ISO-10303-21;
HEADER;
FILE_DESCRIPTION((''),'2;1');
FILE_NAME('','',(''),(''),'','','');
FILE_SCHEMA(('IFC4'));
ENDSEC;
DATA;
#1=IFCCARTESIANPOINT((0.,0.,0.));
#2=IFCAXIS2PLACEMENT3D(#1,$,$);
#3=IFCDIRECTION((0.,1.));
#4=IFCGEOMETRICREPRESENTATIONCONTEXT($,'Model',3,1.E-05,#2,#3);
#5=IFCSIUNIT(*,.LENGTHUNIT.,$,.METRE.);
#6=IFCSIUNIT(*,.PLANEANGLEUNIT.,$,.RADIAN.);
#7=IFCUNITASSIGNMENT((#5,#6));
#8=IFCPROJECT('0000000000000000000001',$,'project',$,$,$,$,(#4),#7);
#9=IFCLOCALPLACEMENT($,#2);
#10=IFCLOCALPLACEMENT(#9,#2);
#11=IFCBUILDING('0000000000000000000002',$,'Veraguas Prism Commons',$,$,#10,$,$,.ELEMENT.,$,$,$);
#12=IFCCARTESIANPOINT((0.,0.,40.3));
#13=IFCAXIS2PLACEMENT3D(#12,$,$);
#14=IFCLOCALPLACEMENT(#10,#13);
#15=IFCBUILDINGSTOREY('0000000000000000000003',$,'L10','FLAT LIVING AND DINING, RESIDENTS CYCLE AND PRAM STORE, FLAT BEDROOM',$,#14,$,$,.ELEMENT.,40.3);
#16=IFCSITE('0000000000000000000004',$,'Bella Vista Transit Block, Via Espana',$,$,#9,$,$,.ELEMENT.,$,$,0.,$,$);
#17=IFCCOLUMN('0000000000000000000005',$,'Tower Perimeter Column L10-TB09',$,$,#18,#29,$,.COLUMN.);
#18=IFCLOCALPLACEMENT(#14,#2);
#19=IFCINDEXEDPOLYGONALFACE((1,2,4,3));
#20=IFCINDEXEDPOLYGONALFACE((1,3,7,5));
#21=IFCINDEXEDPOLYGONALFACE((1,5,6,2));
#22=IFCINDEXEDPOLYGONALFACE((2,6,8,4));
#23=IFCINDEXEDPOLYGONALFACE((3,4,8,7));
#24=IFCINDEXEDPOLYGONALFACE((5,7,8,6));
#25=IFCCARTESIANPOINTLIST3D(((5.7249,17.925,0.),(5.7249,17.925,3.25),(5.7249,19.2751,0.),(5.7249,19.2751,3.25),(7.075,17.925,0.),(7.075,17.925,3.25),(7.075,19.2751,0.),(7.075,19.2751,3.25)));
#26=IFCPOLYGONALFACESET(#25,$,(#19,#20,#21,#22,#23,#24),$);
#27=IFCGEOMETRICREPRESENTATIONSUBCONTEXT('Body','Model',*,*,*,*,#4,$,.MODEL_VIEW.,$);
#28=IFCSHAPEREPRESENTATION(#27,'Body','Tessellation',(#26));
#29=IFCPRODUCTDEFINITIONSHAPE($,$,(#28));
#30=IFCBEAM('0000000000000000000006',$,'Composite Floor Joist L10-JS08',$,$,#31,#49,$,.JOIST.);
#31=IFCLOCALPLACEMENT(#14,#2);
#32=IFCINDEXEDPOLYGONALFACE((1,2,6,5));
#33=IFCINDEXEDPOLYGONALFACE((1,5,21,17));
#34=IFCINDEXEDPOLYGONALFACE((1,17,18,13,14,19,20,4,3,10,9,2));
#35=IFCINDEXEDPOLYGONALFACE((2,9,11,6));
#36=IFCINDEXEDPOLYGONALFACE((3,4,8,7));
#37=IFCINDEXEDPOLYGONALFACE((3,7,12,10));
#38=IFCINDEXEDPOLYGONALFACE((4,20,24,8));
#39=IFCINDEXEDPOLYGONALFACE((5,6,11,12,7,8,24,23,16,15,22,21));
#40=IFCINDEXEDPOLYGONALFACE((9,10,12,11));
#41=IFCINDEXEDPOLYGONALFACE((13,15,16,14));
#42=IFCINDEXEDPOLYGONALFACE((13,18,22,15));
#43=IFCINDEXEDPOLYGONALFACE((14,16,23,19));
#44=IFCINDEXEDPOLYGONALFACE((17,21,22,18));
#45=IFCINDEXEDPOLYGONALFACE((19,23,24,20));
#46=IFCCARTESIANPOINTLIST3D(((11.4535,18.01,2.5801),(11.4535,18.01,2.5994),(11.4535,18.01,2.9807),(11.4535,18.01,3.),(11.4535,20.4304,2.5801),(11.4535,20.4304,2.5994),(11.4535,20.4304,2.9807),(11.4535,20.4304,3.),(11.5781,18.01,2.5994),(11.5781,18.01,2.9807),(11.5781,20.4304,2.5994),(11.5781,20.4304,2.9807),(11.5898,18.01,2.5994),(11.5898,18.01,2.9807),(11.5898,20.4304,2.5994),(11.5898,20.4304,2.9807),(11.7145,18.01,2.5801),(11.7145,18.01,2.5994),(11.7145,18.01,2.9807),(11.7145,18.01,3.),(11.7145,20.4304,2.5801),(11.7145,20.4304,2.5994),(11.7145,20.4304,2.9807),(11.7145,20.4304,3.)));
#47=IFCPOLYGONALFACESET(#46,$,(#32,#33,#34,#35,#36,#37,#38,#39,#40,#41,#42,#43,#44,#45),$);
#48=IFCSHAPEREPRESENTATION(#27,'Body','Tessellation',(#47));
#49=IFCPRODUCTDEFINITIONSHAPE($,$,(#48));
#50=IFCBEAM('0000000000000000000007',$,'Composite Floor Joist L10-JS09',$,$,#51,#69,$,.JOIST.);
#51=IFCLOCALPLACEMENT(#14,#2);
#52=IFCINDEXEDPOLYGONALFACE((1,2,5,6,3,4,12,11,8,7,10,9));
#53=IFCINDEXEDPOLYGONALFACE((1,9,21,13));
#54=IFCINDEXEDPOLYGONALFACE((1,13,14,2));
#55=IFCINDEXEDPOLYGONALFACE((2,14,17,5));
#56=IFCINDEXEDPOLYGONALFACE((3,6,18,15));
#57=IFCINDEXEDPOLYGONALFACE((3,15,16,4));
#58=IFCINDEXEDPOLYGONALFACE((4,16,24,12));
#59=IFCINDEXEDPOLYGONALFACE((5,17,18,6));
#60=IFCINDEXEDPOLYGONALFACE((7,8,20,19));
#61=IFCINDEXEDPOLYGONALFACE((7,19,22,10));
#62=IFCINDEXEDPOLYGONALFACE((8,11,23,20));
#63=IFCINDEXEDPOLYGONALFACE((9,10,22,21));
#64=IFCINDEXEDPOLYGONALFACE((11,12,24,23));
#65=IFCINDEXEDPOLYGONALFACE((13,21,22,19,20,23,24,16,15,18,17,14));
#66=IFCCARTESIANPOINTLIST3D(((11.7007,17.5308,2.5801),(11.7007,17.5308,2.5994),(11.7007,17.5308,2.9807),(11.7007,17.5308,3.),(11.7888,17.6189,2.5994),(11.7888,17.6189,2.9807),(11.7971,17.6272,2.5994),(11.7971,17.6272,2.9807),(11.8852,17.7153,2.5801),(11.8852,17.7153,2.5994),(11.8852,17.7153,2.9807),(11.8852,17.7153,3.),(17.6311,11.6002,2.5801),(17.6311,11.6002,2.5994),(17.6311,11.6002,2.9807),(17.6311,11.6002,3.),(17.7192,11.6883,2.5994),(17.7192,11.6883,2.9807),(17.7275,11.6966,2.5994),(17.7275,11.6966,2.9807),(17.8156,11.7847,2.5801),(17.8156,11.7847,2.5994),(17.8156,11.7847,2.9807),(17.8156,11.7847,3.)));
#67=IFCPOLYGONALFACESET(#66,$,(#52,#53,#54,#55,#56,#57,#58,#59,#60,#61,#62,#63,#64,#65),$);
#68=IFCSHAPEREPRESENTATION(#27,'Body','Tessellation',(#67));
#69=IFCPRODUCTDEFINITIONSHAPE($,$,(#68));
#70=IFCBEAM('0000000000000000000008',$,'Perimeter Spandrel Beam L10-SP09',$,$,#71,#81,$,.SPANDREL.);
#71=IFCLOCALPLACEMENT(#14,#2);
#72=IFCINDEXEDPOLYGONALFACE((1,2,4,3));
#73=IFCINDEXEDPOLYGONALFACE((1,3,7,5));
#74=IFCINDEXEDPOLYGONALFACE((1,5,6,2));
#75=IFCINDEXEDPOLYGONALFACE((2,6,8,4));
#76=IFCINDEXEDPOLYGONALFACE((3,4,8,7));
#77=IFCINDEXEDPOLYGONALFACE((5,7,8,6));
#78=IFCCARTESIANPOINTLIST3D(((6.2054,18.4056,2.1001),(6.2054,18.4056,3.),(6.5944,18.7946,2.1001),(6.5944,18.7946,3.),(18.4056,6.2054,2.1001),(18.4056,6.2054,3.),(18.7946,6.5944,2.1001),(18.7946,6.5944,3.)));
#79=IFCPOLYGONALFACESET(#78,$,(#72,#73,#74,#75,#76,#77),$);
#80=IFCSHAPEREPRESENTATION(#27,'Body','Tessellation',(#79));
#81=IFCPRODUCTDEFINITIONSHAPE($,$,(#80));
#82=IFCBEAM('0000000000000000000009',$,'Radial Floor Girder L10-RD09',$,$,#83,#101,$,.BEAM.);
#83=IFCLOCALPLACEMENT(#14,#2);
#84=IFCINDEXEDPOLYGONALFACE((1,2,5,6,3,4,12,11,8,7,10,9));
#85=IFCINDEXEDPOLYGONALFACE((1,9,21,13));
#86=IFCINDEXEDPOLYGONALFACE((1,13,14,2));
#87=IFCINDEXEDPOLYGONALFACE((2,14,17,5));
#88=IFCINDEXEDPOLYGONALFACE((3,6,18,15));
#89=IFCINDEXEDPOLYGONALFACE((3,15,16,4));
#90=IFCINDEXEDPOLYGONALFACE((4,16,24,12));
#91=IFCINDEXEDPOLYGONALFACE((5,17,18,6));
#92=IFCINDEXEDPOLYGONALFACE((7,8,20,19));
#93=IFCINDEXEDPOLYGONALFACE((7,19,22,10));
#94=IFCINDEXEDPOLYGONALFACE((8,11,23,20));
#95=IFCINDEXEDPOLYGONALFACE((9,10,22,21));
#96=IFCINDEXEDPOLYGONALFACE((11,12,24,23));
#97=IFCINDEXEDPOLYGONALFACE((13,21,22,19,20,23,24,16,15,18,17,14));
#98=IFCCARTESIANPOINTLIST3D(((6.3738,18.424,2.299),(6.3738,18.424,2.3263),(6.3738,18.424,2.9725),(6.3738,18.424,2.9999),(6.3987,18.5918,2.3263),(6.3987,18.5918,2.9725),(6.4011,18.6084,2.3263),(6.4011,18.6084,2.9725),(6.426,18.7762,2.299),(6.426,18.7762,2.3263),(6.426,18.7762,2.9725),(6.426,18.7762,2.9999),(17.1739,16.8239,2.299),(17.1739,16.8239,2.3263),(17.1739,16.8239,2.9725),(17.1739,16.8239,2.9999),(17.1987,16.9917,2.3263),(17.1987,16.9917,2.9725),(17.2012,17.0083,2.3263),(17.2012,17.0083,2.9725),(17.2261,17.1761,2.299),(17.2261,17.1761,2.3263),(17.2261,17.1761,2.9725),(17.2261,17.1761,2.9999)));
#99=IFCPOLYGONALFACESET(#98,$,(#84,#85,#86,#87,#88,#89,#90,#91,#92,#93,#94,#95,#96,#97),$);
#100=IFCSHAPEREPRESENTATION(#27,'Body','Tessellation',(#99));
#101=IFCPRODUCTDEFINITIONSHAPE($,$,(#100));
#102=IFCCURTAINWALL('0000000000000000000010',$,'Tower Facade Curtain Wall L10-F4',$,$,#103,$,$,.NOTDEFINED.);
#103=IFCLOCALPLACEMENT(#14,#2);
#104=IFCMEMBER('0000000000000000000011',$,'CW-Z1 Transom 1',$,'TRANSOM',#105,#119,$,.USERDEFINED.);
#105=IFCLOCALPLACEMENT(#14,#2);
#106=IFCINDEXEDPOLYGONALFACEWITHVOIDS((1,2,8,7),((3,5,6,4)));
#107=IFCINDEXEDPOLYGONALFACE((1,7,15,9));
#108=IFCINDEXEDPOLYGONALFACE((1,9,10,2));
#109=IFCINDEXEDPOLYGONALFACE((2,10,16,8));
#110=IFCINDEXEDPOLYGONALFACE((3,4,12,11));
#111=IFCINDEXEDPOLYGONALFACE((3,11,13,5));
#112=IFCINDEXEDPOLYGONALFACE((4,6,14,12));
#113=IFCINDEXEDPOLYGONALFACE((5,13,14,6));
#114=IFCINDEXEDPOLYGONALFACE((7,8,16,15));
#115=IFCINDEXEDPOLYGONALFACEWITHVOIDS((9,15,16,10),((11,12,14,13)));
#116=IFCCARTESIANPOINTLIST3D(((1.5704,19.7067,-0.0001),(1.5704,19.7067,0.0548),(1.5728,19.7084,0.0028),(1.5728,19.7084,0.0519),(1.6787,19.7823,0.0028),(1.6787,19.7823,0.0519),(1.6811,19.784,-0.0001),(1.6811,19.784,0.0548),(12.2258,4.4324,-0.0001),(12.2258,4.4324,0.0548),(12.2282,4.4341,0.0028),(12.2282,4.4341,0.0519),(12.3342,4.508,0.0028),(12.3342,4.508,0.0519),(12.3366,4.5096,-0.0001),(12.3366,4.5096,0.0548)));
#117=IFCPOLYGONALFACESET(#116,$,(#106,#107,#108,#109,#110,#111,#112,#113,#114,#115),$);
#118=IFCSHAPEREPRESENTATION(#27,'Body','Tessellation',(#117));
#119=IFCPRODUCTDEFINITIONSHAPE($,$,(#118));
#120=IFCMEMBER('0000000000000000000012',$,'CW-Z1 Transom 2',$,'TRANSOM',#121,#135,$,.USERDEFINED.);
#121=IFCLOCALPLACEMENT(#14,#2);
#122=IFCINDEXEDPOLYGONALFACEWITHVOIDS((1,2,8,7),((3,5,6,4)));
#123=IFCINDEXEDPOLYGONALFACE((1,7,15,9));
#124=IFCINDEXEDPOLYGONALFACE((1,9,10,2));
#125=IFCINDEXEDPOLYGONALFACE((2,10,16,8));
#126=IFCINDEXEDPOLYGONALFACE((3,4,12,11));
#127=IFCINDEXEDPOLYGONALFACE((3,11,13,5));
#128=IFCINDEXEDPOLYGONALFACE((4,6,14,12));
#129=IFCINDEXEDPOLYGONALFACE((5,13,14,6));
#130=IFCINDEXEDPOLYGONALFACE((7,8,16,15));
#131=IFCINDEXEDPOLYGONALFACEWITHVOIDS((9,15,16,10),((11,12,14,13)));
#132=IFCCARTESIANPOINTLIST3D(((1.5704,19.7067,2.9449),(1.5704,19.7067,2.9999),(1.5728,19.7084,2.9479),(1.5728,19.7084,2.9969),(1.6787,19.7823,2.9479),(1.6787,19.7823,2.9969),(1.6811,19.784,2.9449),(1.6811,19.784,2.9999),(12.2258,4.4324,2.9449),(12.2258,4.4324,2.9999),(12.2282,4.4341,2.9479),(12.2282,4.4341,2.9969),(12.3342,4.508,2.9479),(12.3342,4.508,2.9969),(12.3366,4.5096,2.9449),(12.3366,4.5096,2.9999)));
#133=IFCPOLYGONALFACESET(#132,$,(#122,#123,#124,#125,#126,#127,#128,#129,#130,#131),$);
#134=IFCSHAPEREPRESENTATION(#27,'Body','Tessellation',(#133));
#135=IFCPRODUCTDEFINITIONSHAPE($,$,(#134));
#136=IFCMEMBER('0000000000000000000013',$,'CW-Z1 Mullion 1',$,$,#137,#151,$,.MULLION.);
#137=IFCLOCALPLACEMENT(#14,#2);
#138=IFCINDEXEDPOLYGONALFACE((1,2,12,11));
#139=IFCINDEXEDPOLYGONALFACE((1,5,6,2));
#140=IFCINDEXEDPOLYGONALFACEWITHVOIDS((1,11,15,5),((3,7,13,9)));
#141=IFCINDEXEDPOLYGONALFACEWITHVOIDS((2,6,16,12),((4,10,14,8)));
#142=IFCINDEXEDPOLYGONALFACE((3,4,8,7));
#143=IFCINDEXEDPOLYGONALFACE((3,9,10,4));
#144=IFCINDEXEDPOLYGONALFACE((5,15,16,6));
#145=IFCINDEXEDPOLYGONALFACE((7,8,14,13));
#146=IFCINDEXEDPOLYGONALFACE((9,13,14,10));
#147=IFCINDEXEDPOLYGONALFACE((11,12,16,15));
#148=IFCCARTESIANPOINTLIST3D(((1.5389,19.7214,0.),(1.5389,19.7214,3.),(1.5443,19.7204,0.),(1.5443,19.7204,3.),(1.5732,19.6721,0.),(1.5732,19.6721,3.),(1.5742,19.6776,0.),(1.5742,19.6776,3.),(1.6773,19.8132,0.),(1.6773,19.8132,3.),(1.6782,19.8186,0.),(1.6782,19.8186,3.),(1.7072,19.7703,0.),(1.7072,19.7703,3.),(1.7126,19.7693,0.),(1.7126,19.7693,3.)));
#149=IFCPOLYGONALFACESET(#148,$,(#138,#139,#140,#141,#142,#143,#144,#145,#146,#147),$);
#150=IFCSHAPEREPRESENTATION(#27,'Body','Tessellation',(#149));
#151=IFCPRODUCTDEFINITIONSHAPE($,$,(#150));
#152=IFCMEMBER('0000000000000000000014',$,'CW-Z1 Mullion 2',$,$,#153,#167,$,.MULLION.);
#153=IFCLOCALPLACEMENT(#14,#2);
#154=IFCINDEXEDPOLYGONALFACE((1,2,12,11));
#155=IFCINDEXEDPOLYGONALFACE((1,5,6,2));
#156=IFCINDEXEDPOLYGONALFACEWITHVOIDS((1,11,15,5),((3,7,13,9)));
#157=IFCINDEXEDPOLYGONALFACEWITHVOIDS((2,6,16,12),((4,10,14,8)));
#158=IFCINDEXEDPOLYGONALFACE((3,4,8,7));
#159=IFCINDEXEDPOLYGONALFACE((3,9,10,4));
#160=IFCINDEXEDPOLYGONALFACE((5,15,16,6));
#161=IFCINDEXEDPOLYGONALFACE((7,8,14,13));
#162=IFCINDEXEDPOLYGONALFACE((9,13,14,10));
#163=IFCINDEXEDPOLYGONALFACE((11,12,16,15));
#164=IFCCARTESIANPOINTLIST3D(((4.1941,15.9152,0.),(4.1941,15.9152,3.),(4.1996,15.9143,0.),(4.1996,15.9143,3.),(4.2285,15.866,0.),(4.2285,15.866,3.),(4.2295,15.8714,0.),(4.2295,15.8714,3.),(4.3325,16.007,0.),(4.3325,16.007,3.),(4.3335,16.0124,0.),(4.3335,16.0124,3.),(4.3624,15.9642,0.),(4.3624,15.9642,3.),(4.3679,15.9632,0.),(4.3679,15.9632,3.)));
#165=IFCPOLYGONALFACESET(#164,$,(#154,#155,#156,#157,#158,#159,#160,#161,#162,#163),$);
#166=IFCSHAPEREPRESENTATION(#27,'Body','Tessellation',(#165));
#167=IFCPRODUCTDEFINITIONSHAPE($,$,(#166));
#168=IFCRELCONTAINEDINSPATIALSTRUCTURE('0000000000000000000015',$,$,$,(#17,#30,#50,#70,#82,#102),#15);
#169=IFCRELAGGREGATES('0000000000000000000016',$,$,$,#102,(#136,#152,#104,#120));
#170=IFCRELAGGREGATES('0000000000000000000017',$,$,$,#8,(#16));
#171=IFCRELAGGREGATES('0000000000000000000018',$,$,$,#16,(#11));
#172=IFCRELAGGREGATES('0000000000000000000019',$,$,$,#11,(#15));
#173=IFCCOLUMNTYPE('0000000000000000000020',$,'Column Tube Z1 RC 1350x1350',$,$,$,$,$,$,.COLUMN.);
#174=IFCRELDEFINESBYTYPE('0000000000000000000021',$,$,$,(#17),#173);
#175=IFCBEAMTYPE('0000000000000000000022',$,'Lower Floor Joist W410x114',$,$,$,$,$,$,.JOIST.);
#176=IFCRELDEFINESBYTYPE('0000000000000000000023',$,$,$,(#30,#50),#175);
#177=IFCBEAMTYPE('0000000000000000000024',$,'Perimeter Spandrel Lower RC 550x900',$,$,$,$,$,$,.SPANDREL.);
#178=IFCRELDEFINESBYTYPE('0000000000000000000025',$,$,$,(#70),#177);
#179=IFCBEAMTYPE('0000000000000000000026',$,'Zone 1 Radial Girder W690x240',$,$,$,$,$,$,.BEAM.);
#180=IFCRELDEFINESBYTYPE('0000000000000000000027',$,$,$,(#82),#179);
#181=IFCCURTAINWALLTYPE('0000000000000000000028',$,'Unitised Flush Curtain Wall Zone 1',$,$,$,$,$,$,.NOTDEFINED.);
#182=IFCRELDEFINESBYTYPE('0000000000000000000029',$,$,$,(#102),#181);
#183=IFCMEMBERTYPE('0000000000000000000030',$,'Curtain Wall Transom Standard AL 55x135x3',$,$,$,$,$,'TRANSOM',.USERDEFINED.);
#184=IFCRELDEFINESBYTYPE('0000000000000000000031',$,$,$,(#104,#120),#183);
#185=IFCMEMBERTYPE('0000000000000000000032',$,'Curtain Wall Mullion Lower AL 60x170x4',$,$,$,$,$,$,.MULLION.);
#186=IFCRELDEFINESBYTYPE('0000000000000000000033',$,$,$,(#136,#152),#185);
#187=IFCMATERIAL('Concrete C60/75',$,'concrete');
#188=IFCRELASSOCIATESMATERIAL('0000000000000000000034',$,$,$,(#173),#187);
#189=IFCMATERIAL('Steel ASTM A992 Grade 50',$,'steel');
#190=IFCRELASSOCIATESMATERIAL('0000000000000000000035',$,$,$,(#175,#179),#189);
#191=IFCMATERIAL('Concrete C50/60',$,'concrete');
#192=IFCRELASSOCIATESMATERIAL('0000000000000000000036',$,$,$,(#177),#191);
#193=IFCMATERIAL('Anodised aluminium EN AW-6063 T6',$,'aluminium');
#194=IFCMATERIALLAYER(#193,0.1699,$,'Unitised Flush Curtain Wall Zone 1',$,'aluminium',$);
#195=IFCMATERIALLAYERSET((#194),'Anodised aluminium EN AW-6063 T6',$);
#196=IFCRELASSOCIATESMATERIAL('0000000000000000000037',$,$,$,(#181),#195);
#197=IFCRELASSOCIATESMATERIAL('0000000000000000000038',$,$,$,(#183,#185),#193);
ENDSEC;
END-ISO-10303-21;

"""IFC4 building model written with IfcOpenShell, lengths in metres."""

from ifc_helpers import new_model, si_unit, direction, frame, origin, origin_2d, place, context, subcontext, project, spatial, rectangle, hollow_rectangle, i_section, extrude, source, transform, mapped, material, layer, layer_set, material_profile, profile_set, type_object, element, aggregate, save


model = new_model("IFC4")

# Units and contexts
model_context = context("Model", 3, precision=1e-05, world=origin(), true_north=direction((0.0, 1.0)))
body_context = subcontext(model_context, "Body", "Model", "MODEL_VIEW")
ifc_project = project(units=[si_unit("LENGTHUNIT", "METRE"), si_unit("PLANEANGLEUNIT", "RADIAN")], contexts=[model_context])

# Site, building, storey
site_placement = place(None, origin())
site = spatial("IfcSite", under=ifc_project, at=site_placement, Name="Bella Vista Transit Block, Via Espana", CompositionType="ELEMENT", RefElevation=0.0)
building_placement = place(site_placement, origin())
building = spatial("IfcBuilding", under=site, at=building_placement, Name="Veraguas Prism Commons", CompositionType="ELEMENT")
storey_placement = place(building_placement, frame((0.0, 0.0, 40.3)))
storey = spatial("IfcBuildingStorey", under=building, at=storey_placement, Name="L10", Description="FLAT LIVING AND DINING, RESIDENTS CYCLE AND PRAM STORE, FLAT BEDROOM", CompositionType="ELEMENT", Elevation=40.3)

# Column
ifc_material_1 = material(Name="Concrete C60/75", Category="concrete")
ifc_material_profile_1 = material_profile(ifc_material_1, rectangle(XDim=1.3501, YDim=1.3501, at=origin_2d()), Name="RC1350X1350")
ifc_profile_set_1 = profile_set([ifc_material_profile_1], Name="Concrete C60/75")
column_type = type_object("IfcColumnType", Name="Column Tube Z1 RC 1350x1350", PredefinedType="COLUMN", material=ifc_profile_set_1)
column_placement = place(storey_placement, frame((6.3999, 18.6001, 0.0), z_axis=(0.0, 0.0, 1.0), x_axis=(1.0, 0.0, 0.0)))
element("IfcColumn", 1, at=column_placement, inside=storey, type_object=column_type, Name="Tower Perimeter Column L10-TB09", PredefinedType="COLUMN", context=body_context, shape_type="SweptSolid", body=[
    extrude(rectangle(XDim=1.3501, YDim=1.3501, at=origin_2d()), origin(), (0.0, 0.0, 1.0), 3.25),
])

# Beams
ifc_material_2 = material(Name="Steel ASTM A992 Grade 50", Category="steel")
ifc_material_profile_2 = material_profile(ifc_material_2, i_section(OverallWidth=0.261, OverallDepth=0.4199, WebThickness=0.0117, FlangeThickness=0.0193, at=origin_2d()), Name="W410X114")
ifc_profile_set_2 = profile_set([ifc_material_profile_2], Name="Steel ASTM A992 Grade 50")
beam_type_1 = type_object("IfcBeamType", Name="Lower Floor Joist W410x114", PredefinedType="JOIST", material=ifc_profile_set_2)
beam_1_placement = place(storey_placement, frame((11.584, 20.4304, 2.79), z_axis=(0.0, -1.0, 0.0), x_axis=(1.0, 0.0, 0.0)))
element("IfcBeam", 2, at=beam_1_placement, inside=storey, type_object=beam_type_1, Name="Composite Floor Joist L10-JS08", PredefinedType="JOIST", context=body_context, shape_type="SweptSolid", body=[
    extrude(i_section(OverallWidth=0.261, OverallDepth=0.4199, WebThickness=0.0117, FlangeThickness=0.0193, at=origin_2d()), origin(), (0.0, 0.0, 1.0), 2.4204),
])
beam_2_placement = place(storey_placement, frame((11.793, 17.623, 2.79), z_axis=(0.707092, -0.707121, 0.0), x_axis=(0.707121, 0.707092, 0.0)))
element("IfcBeam", 3, at=beam_2_placement, inside=storey, type_object=beam_type_1, Name="Composite Floor Joist L10-JS09", PredefinedType="JOIST", context=body_context, shape_type="SweptSolid", body=[
    extrude(i_section(OverallWidth=0.261, OverallDepth=0.4199, WebThickness=0.0117, FlangeThickness=0.0193, at=origin_2d()), origin(), (0.0, 0.0, 1.0), 8.387),
])
ifc_material_3 = material(Name="Concrete C50/60", Category="concrete")
ifc_material_profile_3 = material_profile(ifc_material_3, rectangle(XDim=0.55, YDim=0.8999, at=origin_2d()), Name="RC550X900")
ifc_profile_set_3 = profile_set([ifc_material_profile_3], Name="Concrete C50/60")
beam_type_2 = type_object("IfcBeamType", Name="Perimeter Spandrel Lower RC 550x900", PredefinedType="SPANDREL", material=ifc_profile_set_3)
beam_3_placement = place(storey_placement, frame((6.3999, 18.6001, 2.55), z_axis=(0.707107, -0.707107, 0.0), x_axis=(0.707107, 0.707107, 0.0)))
element("IfcBeam", 4, at=beam_3_placement, inside=storey, type_object=beam_type_2, Name="Perimeter Spandrel Beam L10-SP09", PredefinedType="SPANDREL", context=body_context, shape_type="SweptSolid", body=[
    extrude(rectangle(XDim=0.55, YDim=0.8999, at=origin_2d()), origin(), (0.0, 0.0, 1.0), 17.2537),
])
ifc_material_profile_4 = material_profile(ifc_material_2, i_section(OverallWidth=0.356, OverallDepth=0.7009, WebThickness=0.0168, FlangeThickness=0.0273, at=origin_2d()), Name="W690X240")
ifc_profile_set_4 = profile_set([ifc_material_profile_4], Name="Steel ASTM A992 Grade 50")
beam_type_3 = type_object("IfcBeamType", Name="Zone 1 Radial Girder W690x240", PredefinedType="BEAM", material=ifc_profile_set_4)
beam_4_placement = place(storey_placement, frame((6.3999, 18.6001, 2.6494), z_axis=(0.989202, -0.146557, 0.0), x_axis=(0.146557, 0.989202, 0.0)))
element("IfcBeam", 5, at=beam_4_placement, inside=storey, type_object=beam_type_3, Name="Radial Floor Girder L10-RD09", PredefinedType="BEAM", context=body_context, shape_type="SweptSolid", body=[
    extrude(i_section(OverallWidth=0.356, OverallDepth=0.7009, WebThickness=0.0168, FlangeThickness=0.0273, at=origin_2d()), origin(), (0.0, 0.0, 1.0), 10.918),
])

# Curtain wall, members
ifc_material_4 = material(Name="Anodised aluminium EN AW-6063 T6", Category="aluminium")
ifc_layer_1 = layer(ifc_material_4, 0.1699, Name="Unitised Flush Curtain Wall Zone 1", Category="aluminium")
ifc_layer_set_1 = layer_set([ifc_layer_1], Name="Anodised aluminium EN AW-6063 T6")
curtain_wall_type = type_object("IfcCurtainWallType", Name="Unitised Flush Curtain Wall Zone 1", PredefinedType="NOTDEFINED", material=ifc_layer_set_1)
curtain_wall_1_placement = place(storey_placement, origin())
curtain_wall_1 = element("IfcCurtainWall", 6, at=curtain_wall_1_placement, inside=storey, type_object=curtain_wall_type, Name="Tower Facade Curtain Wall L10-F4", PredefinedType="NOTDEFINED")
ifc_material_profile_5 = material_profile(ifc_material_4, hollow_rectangle(XDim=0.0549, YDim=0.135, WallThickness=0.0029, at=origin_2d()), Name="AL55X135X3")
ifc_profile_set_5 = profile_set([ifc_material_profile_5], Name="Anodised aluminium EN AW-6063 T6")
member_type_1 = type_object("IfcMemberType", Name="Curtain Wall Transom Standard AL 55x135x3", ElementType="TRANSOM", PredefinedType="USERDEFINED", material=ifc_profile_set_5)
shared_shape_1 = source(origin(), body_context, "Body", "SweptSolid", [
    extrude(hollow_rectangle(XDim=0.0549, YDim=0.135, WallThickness=0.0029, at=origin_2d()), origin(), (0.0, 0.0, 1.0), 18.6238),
])
member_1_placement = place(storey_placement, frame((1.6257, 19.7454, 0.0273), z_axis=(0.572144, -0.820153, 0.0), x_axis=(0.0, 0.0, 1.0)))
member_1 = element("IfcMember", 7, at=member_1_placement, type_object=member_type_1, Name="CW-Z1 Transom 1", ObjectType="TRANSOM", PredefinedType="USERDEFINED", context=body_context, shape_type="MappedRepresentation", body=[
    mapped(shared_shape_1, transform((0.0, 0.0, 0.0), scale=1.0)),
])
member_2_placement = place(storey_placement, frame((1.6257, 19.7454, 2.9724), z_axis=(0.572144, -0.820153, 0.0), x_axis=(0.0, 0.0, 1.0)))
member_2 = element("IfcMember", 8, at=member_2_placement, type_object=member_type_1, Name="CW-Z1 Transom 2", ObjectType="TRANSOM", PredefinedType="USERDEFINED", context=body_context, shape_type="MappedRepresentation", body=[
    mapped(shared_shape_1, transform((0.0, 0.0, 0.0), scale=1.0)),
])
ifc_material_profile_6 = material_profile(ifc_material_4, hollow_rectangle(XDim=0.0601, YDim=0.1699, WallThickness=0.0039, at=origin_2d()), Name="AL60X170X4")
ifc_profile_set_6 = profile_set([ifc_material_profile_6], Name="Anodised aluminium EN AW-6063 T6")
member_type_2 = type_object("IfcMemberType", Name="Curtain Wall Mullion Lower AL 60x170x4", PredefinedType="MULLION", material=ifc_profile_set_6)
shared_shape_2 = source(origin(), body_context, "Body", "SweptSolid", [
    extrude(hollow_rectangle(XDim=0.0601, YDim=0.1699, WallThickness=0.0039, at=origin_2d()), origin(), (0.0, 0.0, 1.0), 3.0),
])
member_3_placement = place(storey_placement, frame((1.6257, 19.7454, 0.0), z_axis=(0.0, 0.0, 1.0), x_axis=(0.572146, -0.820152, 0.0)))
member_3 = element("IfcMember", 9, at=member_3_placement, type_object=member_type_2, Name="CW-Z1 Mullion 1", PredefinedType="MULLION", context=body_context, shape_type="MappedRepresentation", body=[
    mapped(shared_shape_2, transform((0.0, 0.0, 0.0), scale=1.0)),
])
member_4_placement = place(storey_placement, frame((4.281, 15.9392, 0.0), z_axis=(0.0, 0.0, 1.0), x_axis=(0.572146, -0.820152, 0.0)))
member_4 = element("IfcMember", 10, at=member_4_placement, type_object=member_type_2, Name="CW-Z1 Mullion 2", PredefinedType="MULLION", context=body_context, shape_type="MappedRepresentation", body=[
    mapped(shared_shape_2, transform((0.0, 0.0, 0.0), scale=1.0)),
])

aggregate(curtain_wall_1, [member_3, member_4, member_1, member_2])

save(model, "model.ifc")
